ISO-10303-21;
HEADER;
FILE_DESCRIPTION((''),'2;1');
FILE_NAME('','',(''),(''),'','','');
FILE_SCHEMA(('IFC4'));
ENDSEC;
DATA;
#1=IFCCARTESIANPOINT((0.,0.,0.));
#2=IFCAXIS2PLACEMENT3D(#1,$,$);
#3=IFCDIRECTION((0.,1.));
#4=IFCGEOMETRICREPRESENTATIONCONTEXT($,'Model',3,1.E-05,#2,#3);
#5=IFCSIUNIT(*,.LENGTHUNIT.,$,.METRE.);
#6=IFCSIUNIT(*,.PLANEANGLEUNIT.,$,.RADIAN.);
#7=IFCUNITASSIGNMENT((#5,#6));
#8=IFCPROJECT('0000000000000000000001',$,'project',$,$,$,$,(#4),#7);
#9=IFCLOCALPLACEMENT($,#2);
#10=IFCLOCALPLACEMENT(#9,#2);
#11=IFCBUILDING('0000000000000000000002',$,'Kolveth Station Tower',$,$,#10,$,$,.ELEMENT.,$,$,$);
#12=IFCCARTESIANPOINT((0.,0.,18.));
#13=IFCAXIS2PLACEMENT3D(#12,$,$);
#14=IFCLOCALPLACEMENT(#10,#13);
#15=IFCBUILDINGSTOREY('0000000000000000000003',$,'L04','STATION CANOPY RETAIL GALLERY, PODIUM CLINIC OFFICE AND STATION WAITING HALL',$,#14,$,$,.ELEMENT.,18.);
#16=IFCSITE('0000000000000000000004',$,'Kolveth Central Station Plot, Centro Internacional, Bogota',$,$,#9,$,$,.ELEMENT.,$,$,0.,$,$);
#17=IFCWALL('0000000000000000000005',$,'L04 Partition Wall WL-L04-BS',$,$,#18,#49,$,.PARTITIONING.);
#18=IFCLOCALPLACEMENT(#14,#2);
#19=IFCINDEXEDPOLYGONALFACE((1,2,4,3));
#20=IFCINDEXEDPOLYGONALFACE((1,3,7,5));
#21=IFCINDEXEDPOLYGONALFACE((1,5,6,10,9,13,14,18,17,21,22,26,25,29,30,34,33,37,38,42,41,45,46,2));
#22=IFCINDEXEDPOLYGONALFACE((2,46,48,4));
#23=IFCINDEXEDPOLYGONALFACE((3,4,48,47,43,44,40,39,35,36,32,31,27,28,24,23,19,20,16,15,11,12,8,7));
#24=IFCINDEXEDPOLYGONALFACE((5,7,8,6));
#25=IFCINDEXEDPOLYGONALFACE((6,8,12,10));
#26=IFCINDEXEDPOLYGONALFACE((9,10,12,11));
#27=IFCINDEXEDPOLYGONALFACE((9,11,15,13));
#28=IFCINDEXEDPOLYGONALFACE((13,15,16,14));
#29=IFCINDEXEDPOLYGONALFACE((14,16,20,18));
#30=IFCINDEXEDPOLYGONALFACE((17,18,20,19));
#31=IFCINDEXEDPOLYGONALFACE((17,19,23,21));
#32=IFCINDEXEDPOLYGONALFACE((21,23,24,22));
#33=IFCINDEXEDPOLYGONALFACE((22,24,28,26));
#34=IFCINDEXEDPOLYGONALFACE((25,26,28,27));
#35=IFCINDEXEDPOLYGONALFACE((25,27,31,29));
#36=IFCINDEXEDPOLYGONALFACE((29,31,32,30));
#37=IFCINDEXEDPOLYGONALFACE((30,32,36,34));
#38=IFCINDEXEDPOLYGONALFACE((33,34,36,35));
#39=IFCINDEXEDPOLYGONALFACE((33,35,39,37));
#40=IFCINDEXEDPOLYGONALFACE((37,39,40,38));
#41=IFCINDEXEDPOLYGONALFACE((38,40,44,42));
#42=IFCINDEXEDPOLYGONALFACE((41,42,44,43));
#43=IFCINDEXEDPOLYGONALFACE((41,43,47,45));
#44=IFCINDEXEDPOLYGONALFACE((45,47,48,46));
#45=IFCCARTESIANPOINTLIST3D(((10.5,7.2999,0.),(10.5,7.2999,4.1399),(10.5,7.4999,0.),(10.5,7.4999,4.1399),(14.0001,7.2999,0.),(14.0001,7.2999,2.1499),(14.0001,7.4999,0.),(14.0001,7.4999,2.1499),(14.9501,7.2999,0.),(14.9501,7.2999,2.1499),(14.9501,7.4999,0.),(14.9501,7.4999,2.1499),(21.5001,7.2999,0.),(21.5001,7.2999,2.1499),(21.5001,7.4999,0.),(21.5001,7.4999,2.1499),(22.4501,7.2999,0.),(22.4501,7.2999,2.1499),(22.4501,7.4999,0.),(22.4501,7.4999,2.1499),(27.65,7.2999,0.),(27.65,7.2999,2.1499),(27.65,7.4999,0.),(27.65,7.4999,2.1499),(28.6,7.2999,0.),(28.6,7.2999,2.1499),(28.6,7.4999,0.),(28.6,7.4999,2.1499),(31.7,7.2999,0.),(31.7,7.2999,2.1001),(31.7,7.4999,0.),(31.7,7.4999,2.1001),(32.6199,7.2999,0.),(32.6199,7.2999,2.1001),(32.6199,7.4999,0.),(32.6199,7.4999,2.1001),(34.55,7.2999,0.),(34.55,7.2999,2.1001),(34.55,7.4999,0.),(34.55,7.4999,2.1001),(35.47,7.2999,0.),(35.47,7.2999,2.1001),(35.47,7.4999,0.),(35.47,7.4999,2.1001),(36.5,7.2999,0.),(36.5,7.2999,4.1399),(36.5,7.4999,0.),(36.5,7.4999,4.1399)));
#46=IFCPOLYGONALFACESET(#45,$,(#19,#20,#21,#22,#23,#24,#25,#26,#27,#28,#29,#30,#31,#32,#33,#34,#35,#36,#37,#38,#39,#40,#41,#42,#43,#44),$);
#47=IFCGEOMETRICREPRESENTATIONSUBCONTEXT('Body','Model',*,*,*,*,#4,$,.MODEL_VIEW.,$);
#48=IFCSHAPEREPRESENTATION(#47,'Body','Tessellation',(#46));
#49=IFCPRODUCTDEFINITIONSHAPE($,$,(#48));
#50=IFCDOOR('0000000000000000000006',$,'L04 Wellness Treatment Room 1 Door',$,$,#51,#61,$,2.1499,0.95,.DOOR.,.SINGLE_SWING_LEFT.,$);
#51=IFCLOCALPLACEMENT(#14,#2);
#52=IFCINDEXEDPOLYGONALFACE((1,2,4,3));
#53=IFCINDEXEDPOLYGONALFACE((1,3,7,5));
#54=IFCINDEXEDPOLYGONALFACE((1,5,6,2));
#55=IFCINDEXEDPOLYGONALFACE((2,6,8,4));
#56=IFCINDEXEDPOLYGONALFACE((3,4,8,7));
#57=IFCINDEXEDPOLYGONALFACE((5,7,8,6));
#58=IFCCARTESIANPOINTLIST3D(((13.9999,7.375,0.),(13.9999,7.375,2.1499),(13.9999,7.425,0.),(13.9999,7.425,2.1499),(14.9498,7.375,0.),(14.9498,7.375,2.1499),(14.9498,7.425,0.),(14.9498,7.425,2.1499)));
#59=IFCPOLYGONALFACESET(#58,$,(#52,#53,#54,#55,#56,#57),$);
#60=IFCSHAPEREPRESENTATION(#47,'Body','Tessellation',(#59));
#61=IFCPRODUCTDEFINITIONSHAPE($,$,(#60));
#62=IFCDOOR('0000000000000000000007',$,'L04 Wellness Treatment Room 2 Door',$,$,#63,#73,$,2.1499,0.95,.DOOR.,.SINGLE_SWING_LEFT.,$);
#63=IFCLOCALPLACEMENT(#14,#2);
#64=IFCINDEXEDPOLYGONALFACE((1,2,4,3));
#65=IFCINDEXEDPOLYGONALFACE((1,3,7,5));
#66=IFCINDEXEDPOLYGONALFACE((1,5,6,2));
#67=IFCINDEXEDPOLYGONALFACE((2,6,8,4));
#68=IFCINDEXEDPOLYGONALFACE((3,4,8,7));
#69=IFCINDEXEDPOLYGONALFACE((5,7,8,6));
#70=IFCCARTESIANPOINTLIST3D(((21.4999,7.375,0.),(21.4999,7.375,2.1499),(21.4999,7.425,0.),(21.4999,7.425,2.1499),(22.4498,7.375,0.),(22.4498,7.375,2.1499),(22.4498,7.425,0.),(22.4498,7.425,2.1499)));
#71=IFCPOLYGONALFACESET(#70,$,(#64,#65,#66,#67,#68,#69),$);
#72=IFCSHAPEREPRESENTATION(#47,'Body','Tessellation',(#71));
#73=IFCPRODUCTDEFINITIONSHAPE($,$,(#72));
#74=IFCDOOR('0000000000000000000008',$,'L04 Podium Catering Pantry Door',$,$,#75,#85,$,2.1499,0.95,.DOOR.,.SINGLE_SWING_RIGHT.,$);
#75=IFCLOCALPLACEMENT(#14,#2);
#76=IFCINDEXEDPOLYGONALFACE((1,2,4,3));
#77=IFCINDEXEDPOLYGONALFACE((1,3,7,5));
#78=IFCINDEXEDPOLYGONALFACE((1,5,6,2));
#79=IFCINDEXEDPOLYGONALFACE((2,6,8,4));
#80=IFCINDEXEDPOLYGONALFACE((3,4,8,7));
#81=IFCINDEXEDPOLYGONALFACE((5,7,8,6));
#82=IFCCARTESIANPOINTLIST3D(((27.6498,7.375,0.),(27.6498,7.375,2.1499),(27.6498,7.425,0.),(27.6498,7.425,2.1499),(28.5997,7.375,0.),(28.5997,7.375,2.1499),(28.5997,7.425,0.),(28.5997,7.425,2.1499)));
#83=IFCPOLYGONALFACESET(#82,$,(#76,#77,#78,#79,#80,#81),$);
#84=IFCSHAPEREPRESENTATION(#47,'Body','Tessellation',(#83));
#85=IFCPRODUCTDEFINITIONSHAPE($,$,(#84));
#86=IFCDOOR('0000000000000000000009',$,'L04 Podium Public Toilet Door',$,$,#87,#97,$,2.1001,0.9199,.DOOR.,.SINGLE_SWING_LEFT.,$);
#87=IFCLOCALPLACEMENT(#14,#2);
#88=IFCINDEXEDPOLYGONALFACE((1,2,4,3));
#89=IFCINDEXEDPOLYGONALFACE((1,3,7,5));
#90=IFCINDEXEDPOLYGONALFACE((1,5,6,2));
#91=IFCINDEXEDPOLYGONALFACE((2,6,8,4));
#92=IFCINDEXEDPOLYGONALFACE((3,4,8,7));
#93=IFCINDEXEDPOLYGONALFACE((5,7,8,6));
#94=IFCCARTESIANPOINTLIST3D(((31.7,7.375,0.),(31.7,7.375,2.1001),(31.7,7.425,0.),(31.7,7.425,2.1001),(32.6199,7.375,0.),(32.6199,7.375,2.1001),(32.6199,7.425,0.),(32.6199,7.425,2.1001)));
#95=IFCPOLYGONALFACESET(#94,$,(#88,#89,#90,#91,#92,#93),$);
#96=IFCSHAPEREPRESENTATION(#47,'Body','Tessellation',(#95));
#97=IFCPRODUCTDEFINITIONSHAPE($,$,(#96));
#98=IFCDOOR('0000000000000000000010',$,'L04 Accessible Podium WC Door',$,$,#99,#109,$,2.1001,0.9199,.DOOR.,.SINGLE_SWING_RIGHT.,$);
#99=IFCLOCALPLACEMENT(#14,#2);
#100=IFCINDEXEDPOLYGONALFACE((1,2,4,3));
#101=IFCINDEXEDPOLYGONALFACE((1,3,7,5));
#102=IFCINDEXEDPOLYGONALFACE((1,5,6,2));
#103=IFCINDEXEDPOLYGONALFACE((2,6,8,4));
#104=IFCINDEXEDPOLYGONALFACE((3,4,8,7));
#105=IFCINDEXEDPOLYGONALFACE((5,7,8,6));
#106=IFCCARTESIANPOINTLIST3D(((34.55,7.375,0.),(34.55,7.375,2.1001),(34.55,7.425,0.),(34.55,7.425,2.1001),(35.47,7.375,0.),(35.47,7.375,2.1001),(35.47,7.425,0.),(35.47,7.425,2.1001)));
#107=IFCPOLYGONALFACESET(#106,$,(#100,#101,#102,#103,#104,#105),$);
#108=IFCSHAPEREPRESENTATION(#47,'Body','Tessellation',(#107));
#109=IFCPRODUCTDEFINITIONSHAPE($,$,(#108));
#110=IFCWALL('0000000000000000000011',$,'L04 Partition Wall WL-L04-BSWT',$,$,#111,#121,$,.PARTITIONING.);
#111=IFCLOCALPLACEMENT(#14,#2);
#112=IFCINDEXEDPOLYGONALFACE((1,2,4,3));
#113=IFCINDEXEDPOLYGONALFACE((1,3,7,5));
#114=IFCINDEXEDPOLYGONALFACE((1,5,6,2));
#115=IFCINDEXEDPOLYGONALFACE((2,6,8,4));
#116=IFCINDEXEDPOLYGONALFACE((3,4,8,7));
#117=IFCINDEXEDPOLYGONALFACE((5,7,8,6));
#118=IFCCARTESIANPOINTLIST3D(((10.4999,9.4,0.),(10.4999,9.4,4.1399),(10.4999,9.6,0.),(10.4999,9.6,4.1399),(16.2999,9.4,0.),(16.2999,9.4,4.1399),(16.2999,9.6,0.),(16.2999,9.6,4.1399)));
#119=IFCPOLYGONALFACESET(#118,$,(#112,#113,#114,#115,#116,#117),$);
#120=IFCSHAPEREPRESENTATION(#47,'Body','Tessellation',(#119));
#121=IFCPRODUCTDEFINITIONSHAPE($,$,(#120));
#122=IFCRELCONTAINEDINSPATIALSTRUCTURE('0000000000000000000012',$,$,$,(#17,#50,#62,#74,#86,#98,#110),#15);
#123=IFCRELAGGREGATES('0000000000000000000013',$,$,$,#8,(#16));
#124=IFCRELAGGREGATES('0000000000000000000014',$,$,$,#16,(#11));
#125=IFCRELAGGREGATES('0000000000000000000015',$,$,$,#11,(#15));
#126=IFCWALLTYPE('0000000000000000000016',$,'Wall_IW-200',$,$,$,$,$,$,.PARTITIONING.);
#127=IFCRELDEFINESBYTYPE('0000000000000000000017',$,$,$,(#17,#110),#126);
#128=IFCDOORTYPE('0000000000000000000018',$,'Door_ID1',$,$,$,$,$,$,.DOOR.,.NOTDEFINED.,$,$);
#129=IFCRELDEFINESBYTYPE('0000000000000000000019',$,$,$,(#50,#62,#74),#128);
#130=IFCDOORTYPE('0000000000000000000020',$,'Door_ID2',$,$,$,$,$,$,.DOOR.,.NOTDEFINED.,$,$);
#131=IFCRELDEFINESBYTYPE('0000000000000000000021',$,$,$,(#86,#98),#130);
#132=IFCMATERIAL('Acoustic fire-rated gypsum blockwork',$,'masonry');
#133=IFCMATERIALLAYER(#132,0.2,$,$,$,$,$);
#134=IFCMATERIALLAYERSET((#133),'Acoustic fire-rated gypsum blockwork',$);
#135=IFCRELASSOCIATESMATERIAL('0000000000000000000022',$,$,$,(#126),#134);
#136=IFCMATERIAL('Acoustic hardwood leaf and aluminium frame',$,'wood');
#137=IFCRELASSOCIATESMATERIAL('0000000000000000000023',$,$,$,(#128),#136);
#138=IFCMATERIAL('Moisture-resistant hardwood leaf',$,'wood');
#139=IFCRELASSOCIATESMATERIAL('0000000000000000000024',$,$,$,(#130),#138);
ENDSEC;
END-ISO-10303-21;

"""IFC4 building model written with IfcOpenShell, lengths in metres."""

from ifc_helpers import new_model, si_unit, direction, frame, frame_2d, origin, place, context, subcontext, project, spatial, rectangle, extrude, material, layer, layer_set, type_object, element, fill, save


model = new_model("IFC4")

# Units and contexts
model_context = context("Model", 3, precision=1e-05, world=origin(), true_north=direction((0.0, 1.0)))
body_context = subcontext(model_context, "Body", "Model", "MODEL_VIEW")
ifc_project = project(units=[si_unit("LENGTHUNIT", "METRE"), si_unit("PLANEANGLEUNIT", "RADIAN")], contexts=[model_context])

# Site, building, storey
site_placement = place(None, origin())
site = spatial("IfcSite", under=ifc_project, at=site_placement, Name="Kolveth Central Station Plot, Centro Internacional, Bogota", CompositionType="ELEMENT", RefElevation=0.0)
building_placement = place(site_placement, origin())
building = spatial("IfcBuilding", under=site, at=building_placement, Name="Kolveth Station Tower", CompositionType="ELEMENT")
storey_placement = place(building_placement, frame((0.0, 0.0, 18.0)))
storey = spatial("IfcBuildingStorey", under=building, at=storey_placement, Name="L04", Description="STATION CANOPY RETAIL GALLERY, PODIUM CLINIC OFFICE AND STATION WAITING HALL", CompositionType="ELEMENT", Elevation=18.0)

# Wall, openings, doors
ifc_material_1 = material(Name="Acoustic fire-rated gypsum blockwork", Category="masonry")
ifc_layer = layer(ifc_material_1, 0.2)
ifc_layer_set = layer_set([ifc_layer], Name="Acoustic fire-rated gypsum blockwork")
wall_type = type_object("IfcWallType", Name="Wall_IW-200", PredefinedType="PARTITIONING", material=ifc_layer_set)
wall_1_placement = place(storey_placement, frame((10.5, 7.3999, 0.0), z_axis=(0.0, 0.0, 1.0), x_axis=(1.0, 0.0, 0.0)))
wall_1 = element("IfcWall", 1, at=wall_1_placement, inside=storey, type_object=wall_type, Name="L04 Partition Wall WL-L04-BS", PredefinedType="PARTITIONING", context=body_context, shape_type="SweptSolid", body=[
    extrude(rectangle(XDim=26.0, YDim=0.2, at=frame_2d((13.0, 0.0))), origin(), (0.0, 0.0, 1.0), 4.1399),
])
opening_1_placement = place(wall_1_placement, frame((3.5, 0.0, 0.0)))
opening_1 = element("IfcOpeningElement", 2, at=opening_1_placement, cuts=wall_1, PredefinedType="OPENING", context=body_context, shape_type="SweptSolid", body=[
    extrude(rectangle(XDim=0.95, YDim=2.1499, at=frame_2d((0.4751, 1.075))), frame((0.0, 0.1099, 0.0), z_axis=(0.0, -1.0, 0.0), x_axis=(1.0, 0.0, 0.0)), (0.0, 0.0, 1.0), 0.22),
])
opening_2_placement = place(wall_1_placement, frame((11.0, 0.0, 0.0)))
opening_2 = element("IfcOpeningElement", 3, at=opening_2_placement, cuts=wall_1, PredefinedType="OPENING", context=body_context, shape_type="SweptSolid", body=[
    extrude(rectangle(XDim=0.95, YDim=2.1499, at=frame_2d((0.4751, 1.075))), frame((0.0, 0.1099, 0.0), z_axis=(0.0, -1.0, 0.0), x_axis=(1.0, 0.0, 0.0)), (0.0, 0.0, 1.0), 0.22),
])
opening_3_placement = place(wall_1_placement, frame((17.1499, 0.0, 0.0)))
opening_3 = element("IfcOpeningElement", 4, at=opening_3_placement, cuts=wall_1, PredefinedType="OPENING", context=body_context, shape_type="SweptSolid", body=[
    extrude(rectangle(XDim=0.95, YDim=2.1499, at=frame_2d((0.4751, 1.075))), frame((0.0, 0.1099, 0.0), z_axis=(0.0, -1.0, 0.0), x_axis=(1.0, 0.0, 0.0)), (0.0, 0.0, 1.0), 0.22),
])
opening_4_placement = place(wall_1_placement, frame((21.2, 0.0, 0.0)))
opening_4 = element("IfcOpeningElement", 5, at=opening_4_placement, cuts=wall_1, PredefinedType="OPENING", context=body_context, shape_type="SweptSolid", body=[
    extrude(rectangle(XDim=0.9199, YDim=2.1001, at=frame_2d((0.46, 1.05))), frame((0.0, 0.1099, 0.0), z_axis=(0.0, -1.0, 0.0), x_axis=(1.0, 0.0, 0.0)), (0.0, 0.0, 1.0), 0.22),
])
opening_5_placement = place(wall_1_placement, frame((24.05, 0.0, 0.0)))
opening_5 = element("IfcOpeningElement", 6, at=opening_5_placement, cuts=wall_1, PredefinedType="OPENING", context=body_context, shape_type="SweptSolid", body=[
    extrude(rectangle(XDim=0.9199, YDim=2.1001, at=frame_2d((0.46, 1.05))), frame((0.0, 0.1099, 0.0), z_axis=(0.0, -1.0, 0.0), x_axis=(1.0, 0.0, 0.0)), (0.0, 0.0, 1.0), 0.22),
])
ifc_material_2 = material(Name="Acoustic hardwood leaf and aluminium frame", Category="wood")
door_type_1 = type_object("IfcDoorType", Name="Door_ID1", OperationType="NOTDEFINED", PredefinedType="DOOR", material=ifc_material_2)
door_1_placement = place(opening_1_placement, frame((0.95, 0.0, 0.0), z_axis=(0.0, 0.0, 1.0), x_axis=(-1.0, 0.0, 0.0)))
door_1 = element("IfcDoor", 7, at=door_1_placement, inside=storey, type_object=door_type_1, Name="L04 Wellness Treatment Room 1 Door", OperationType="SINGLE_SWING_LEFT", OverallHeight=2.1499, OverallWidth=0.95, PredefinedType="DOOR", context=body_context, shape_type="SweptSolid", body=[
    extrude(rectangle(XDim=0.95, YDim=2.1499, at=frame_2d((0.4751, 1.075))), frame((0.0, 0.0249, 0.0), z_axis=(0.0, -1.0, 0.0), x_axis=(1.0, 0.0, 0.0)), (0.0, 0.0, 1.0), 0.05),
])
fill(opening_1, door_1)
door_2_placement = place(opening_2_placement, frame((0.95, 0.0, 0.0), z_axis=(0.0, 0.0, 1.0), x_axis=(-1.0, 0.0, 0.0)))
door_2 = element("IfcDoor", 8, at=door_2_placement, inside=storey, type_object=door_type_1, Name="L04 Wellness Treatment Room 2 Door", OperationType="SINGLE_SWING_LEFT", OverallHeight=2.1499, OverallWidth=0.95, PredefinedType="DOOR", context=body_context, shape_type="SweptSolid", body=[
    extrude(rectangle(XDim=0.95, YDim=2.1499, at=frame_2d((0.4751, 1.075))), frame((0.0, 0.0249, 0.0), z_axis=(0.0, -1.0, 0.0), x_axis=(1.0, 0.0, 0.0)), (0.0, 0.0, 1.0), 0.05),
])
fill(opening_2, door_2)
door_3_placement = place(opening_3_placement, frame((0.95, 0.0, 0.0), z_axis=(0.0, 0.0, 1.0), x_axis=(-1.0, 0.0, 0.0)))
door_3 = element("IfcDoor", 9, at=door_3_placement, inside=storey, type_object=door_type_1, Name="L04 Podium Catering Pantry Door", OperationType="SINGLE_SWING_RIGHT", OverallHeight=2.1499, OverallWidth=0.95, PredefinedType="DOOR", context=body_context, shape_type="SweptSolid", body=[
    extrude(rectangle(XDim=0.95, YDim=2.1499, at=frame_2d((0.4751, 1.075))), frame((0.0, 0.0249, 0.0), z_axis=(0.0, -1.0, 0.0), x_axis=(1.0, 0.0, 0.0)), (0.0, 0.0, 1.0), 0.05),
])
fill(opening_3, door_3)
ifc_material_3 = material(Name="Moisture-resistant hardwood leaf", Category="wood")
door_type_2 = type_object("IfcDoorType", Name="Door_ID2", OperationType="NOTDEFINED", PredefinedType="DOOR", material=ifc_material_3)
door_4_placement = place(opening_4_placement, frame((0.9199, 0.0, 0.0), z_axis=(0.0, 0.0, 1.0), x_axis=(-1.0, 0.0, 0.0)))
door_4 = element("IfcDoor", 10, at=door_4_placement, inside=storey, type_object=door_type_2, Name="L04 Podium Public Toilet Door", OperationType="SINGLE_SWING_LEFT", OverallHeight=2.1001, OverallWidth=0.9199, PredefinedType="DOOR", context=body_context, shape_type="SweptSolid", body=[
    extrude(rectangle(XDim=0.9199, YDim=2.1001, at=frame_2d((0.46, 1.05))), frame((0.0, 0.0249, 0.0), z_axis=(0.0, -1.0, 0.0), x_axis=(1.0, 0.0, 0.0)), (0.0, 0.0, 1.0), 0.05),
])
fill(opening_4, door_4)
door_5_placement = place(opening_5_placement, frame((0.9199, 0.0, 0.0), z_axis=(0.0, 0.0, 1.0), x_axis=(-1.0, 0.0, 0.0)))
door_5 = element("IfcDoor", 11, at=door_5_placement, inside=storey, type_object=door_type_2, Name="L04 Accessible Podium WC Door", OperationType="SINGLE_SWING_RIGHT", OverallHeight=2.1001, OverallWidth=0.9199, PredefinedType="DOOR", context=body_context, shape_type="SweptSolid", body=[
    extrude(rectangle(XDim=0.9199, YDim=2.1001, at=frame_2d((0.46, 1.05))), frame((0.0, 0.0249, 0.0), z_axis=(0.0, -1.0, 0.0), x_axis=(1.0, 0.0, 0.0)), (0.0, 0.0, 1.0), 0.05),
])
fill(opening_5, door_5)

# Wall
wall_2_placement = place(storey_placement, frame((10.5, 9.5, 0.0), z_axis=(0.0, 0.0, 1.0), x_axis=(1.0, 0.0, 0.0)))
element("IfcWall", 12, at=wall_2_placement, inside=storey, type_object=wall_type, Name="L04 Partition Wall WL-L04-BSWT", PredefinedType="PARTITIONING", context=body_context, shape_type="SweptSolid", body=[
    extrude(rectangle(XDim=5.8, YDim=0.2, at=frame_2d((2.8999, 0.0))), origin(), (0.0, 0.0, 1.0), 4.1399),
])

save(model, "model.ifc")
